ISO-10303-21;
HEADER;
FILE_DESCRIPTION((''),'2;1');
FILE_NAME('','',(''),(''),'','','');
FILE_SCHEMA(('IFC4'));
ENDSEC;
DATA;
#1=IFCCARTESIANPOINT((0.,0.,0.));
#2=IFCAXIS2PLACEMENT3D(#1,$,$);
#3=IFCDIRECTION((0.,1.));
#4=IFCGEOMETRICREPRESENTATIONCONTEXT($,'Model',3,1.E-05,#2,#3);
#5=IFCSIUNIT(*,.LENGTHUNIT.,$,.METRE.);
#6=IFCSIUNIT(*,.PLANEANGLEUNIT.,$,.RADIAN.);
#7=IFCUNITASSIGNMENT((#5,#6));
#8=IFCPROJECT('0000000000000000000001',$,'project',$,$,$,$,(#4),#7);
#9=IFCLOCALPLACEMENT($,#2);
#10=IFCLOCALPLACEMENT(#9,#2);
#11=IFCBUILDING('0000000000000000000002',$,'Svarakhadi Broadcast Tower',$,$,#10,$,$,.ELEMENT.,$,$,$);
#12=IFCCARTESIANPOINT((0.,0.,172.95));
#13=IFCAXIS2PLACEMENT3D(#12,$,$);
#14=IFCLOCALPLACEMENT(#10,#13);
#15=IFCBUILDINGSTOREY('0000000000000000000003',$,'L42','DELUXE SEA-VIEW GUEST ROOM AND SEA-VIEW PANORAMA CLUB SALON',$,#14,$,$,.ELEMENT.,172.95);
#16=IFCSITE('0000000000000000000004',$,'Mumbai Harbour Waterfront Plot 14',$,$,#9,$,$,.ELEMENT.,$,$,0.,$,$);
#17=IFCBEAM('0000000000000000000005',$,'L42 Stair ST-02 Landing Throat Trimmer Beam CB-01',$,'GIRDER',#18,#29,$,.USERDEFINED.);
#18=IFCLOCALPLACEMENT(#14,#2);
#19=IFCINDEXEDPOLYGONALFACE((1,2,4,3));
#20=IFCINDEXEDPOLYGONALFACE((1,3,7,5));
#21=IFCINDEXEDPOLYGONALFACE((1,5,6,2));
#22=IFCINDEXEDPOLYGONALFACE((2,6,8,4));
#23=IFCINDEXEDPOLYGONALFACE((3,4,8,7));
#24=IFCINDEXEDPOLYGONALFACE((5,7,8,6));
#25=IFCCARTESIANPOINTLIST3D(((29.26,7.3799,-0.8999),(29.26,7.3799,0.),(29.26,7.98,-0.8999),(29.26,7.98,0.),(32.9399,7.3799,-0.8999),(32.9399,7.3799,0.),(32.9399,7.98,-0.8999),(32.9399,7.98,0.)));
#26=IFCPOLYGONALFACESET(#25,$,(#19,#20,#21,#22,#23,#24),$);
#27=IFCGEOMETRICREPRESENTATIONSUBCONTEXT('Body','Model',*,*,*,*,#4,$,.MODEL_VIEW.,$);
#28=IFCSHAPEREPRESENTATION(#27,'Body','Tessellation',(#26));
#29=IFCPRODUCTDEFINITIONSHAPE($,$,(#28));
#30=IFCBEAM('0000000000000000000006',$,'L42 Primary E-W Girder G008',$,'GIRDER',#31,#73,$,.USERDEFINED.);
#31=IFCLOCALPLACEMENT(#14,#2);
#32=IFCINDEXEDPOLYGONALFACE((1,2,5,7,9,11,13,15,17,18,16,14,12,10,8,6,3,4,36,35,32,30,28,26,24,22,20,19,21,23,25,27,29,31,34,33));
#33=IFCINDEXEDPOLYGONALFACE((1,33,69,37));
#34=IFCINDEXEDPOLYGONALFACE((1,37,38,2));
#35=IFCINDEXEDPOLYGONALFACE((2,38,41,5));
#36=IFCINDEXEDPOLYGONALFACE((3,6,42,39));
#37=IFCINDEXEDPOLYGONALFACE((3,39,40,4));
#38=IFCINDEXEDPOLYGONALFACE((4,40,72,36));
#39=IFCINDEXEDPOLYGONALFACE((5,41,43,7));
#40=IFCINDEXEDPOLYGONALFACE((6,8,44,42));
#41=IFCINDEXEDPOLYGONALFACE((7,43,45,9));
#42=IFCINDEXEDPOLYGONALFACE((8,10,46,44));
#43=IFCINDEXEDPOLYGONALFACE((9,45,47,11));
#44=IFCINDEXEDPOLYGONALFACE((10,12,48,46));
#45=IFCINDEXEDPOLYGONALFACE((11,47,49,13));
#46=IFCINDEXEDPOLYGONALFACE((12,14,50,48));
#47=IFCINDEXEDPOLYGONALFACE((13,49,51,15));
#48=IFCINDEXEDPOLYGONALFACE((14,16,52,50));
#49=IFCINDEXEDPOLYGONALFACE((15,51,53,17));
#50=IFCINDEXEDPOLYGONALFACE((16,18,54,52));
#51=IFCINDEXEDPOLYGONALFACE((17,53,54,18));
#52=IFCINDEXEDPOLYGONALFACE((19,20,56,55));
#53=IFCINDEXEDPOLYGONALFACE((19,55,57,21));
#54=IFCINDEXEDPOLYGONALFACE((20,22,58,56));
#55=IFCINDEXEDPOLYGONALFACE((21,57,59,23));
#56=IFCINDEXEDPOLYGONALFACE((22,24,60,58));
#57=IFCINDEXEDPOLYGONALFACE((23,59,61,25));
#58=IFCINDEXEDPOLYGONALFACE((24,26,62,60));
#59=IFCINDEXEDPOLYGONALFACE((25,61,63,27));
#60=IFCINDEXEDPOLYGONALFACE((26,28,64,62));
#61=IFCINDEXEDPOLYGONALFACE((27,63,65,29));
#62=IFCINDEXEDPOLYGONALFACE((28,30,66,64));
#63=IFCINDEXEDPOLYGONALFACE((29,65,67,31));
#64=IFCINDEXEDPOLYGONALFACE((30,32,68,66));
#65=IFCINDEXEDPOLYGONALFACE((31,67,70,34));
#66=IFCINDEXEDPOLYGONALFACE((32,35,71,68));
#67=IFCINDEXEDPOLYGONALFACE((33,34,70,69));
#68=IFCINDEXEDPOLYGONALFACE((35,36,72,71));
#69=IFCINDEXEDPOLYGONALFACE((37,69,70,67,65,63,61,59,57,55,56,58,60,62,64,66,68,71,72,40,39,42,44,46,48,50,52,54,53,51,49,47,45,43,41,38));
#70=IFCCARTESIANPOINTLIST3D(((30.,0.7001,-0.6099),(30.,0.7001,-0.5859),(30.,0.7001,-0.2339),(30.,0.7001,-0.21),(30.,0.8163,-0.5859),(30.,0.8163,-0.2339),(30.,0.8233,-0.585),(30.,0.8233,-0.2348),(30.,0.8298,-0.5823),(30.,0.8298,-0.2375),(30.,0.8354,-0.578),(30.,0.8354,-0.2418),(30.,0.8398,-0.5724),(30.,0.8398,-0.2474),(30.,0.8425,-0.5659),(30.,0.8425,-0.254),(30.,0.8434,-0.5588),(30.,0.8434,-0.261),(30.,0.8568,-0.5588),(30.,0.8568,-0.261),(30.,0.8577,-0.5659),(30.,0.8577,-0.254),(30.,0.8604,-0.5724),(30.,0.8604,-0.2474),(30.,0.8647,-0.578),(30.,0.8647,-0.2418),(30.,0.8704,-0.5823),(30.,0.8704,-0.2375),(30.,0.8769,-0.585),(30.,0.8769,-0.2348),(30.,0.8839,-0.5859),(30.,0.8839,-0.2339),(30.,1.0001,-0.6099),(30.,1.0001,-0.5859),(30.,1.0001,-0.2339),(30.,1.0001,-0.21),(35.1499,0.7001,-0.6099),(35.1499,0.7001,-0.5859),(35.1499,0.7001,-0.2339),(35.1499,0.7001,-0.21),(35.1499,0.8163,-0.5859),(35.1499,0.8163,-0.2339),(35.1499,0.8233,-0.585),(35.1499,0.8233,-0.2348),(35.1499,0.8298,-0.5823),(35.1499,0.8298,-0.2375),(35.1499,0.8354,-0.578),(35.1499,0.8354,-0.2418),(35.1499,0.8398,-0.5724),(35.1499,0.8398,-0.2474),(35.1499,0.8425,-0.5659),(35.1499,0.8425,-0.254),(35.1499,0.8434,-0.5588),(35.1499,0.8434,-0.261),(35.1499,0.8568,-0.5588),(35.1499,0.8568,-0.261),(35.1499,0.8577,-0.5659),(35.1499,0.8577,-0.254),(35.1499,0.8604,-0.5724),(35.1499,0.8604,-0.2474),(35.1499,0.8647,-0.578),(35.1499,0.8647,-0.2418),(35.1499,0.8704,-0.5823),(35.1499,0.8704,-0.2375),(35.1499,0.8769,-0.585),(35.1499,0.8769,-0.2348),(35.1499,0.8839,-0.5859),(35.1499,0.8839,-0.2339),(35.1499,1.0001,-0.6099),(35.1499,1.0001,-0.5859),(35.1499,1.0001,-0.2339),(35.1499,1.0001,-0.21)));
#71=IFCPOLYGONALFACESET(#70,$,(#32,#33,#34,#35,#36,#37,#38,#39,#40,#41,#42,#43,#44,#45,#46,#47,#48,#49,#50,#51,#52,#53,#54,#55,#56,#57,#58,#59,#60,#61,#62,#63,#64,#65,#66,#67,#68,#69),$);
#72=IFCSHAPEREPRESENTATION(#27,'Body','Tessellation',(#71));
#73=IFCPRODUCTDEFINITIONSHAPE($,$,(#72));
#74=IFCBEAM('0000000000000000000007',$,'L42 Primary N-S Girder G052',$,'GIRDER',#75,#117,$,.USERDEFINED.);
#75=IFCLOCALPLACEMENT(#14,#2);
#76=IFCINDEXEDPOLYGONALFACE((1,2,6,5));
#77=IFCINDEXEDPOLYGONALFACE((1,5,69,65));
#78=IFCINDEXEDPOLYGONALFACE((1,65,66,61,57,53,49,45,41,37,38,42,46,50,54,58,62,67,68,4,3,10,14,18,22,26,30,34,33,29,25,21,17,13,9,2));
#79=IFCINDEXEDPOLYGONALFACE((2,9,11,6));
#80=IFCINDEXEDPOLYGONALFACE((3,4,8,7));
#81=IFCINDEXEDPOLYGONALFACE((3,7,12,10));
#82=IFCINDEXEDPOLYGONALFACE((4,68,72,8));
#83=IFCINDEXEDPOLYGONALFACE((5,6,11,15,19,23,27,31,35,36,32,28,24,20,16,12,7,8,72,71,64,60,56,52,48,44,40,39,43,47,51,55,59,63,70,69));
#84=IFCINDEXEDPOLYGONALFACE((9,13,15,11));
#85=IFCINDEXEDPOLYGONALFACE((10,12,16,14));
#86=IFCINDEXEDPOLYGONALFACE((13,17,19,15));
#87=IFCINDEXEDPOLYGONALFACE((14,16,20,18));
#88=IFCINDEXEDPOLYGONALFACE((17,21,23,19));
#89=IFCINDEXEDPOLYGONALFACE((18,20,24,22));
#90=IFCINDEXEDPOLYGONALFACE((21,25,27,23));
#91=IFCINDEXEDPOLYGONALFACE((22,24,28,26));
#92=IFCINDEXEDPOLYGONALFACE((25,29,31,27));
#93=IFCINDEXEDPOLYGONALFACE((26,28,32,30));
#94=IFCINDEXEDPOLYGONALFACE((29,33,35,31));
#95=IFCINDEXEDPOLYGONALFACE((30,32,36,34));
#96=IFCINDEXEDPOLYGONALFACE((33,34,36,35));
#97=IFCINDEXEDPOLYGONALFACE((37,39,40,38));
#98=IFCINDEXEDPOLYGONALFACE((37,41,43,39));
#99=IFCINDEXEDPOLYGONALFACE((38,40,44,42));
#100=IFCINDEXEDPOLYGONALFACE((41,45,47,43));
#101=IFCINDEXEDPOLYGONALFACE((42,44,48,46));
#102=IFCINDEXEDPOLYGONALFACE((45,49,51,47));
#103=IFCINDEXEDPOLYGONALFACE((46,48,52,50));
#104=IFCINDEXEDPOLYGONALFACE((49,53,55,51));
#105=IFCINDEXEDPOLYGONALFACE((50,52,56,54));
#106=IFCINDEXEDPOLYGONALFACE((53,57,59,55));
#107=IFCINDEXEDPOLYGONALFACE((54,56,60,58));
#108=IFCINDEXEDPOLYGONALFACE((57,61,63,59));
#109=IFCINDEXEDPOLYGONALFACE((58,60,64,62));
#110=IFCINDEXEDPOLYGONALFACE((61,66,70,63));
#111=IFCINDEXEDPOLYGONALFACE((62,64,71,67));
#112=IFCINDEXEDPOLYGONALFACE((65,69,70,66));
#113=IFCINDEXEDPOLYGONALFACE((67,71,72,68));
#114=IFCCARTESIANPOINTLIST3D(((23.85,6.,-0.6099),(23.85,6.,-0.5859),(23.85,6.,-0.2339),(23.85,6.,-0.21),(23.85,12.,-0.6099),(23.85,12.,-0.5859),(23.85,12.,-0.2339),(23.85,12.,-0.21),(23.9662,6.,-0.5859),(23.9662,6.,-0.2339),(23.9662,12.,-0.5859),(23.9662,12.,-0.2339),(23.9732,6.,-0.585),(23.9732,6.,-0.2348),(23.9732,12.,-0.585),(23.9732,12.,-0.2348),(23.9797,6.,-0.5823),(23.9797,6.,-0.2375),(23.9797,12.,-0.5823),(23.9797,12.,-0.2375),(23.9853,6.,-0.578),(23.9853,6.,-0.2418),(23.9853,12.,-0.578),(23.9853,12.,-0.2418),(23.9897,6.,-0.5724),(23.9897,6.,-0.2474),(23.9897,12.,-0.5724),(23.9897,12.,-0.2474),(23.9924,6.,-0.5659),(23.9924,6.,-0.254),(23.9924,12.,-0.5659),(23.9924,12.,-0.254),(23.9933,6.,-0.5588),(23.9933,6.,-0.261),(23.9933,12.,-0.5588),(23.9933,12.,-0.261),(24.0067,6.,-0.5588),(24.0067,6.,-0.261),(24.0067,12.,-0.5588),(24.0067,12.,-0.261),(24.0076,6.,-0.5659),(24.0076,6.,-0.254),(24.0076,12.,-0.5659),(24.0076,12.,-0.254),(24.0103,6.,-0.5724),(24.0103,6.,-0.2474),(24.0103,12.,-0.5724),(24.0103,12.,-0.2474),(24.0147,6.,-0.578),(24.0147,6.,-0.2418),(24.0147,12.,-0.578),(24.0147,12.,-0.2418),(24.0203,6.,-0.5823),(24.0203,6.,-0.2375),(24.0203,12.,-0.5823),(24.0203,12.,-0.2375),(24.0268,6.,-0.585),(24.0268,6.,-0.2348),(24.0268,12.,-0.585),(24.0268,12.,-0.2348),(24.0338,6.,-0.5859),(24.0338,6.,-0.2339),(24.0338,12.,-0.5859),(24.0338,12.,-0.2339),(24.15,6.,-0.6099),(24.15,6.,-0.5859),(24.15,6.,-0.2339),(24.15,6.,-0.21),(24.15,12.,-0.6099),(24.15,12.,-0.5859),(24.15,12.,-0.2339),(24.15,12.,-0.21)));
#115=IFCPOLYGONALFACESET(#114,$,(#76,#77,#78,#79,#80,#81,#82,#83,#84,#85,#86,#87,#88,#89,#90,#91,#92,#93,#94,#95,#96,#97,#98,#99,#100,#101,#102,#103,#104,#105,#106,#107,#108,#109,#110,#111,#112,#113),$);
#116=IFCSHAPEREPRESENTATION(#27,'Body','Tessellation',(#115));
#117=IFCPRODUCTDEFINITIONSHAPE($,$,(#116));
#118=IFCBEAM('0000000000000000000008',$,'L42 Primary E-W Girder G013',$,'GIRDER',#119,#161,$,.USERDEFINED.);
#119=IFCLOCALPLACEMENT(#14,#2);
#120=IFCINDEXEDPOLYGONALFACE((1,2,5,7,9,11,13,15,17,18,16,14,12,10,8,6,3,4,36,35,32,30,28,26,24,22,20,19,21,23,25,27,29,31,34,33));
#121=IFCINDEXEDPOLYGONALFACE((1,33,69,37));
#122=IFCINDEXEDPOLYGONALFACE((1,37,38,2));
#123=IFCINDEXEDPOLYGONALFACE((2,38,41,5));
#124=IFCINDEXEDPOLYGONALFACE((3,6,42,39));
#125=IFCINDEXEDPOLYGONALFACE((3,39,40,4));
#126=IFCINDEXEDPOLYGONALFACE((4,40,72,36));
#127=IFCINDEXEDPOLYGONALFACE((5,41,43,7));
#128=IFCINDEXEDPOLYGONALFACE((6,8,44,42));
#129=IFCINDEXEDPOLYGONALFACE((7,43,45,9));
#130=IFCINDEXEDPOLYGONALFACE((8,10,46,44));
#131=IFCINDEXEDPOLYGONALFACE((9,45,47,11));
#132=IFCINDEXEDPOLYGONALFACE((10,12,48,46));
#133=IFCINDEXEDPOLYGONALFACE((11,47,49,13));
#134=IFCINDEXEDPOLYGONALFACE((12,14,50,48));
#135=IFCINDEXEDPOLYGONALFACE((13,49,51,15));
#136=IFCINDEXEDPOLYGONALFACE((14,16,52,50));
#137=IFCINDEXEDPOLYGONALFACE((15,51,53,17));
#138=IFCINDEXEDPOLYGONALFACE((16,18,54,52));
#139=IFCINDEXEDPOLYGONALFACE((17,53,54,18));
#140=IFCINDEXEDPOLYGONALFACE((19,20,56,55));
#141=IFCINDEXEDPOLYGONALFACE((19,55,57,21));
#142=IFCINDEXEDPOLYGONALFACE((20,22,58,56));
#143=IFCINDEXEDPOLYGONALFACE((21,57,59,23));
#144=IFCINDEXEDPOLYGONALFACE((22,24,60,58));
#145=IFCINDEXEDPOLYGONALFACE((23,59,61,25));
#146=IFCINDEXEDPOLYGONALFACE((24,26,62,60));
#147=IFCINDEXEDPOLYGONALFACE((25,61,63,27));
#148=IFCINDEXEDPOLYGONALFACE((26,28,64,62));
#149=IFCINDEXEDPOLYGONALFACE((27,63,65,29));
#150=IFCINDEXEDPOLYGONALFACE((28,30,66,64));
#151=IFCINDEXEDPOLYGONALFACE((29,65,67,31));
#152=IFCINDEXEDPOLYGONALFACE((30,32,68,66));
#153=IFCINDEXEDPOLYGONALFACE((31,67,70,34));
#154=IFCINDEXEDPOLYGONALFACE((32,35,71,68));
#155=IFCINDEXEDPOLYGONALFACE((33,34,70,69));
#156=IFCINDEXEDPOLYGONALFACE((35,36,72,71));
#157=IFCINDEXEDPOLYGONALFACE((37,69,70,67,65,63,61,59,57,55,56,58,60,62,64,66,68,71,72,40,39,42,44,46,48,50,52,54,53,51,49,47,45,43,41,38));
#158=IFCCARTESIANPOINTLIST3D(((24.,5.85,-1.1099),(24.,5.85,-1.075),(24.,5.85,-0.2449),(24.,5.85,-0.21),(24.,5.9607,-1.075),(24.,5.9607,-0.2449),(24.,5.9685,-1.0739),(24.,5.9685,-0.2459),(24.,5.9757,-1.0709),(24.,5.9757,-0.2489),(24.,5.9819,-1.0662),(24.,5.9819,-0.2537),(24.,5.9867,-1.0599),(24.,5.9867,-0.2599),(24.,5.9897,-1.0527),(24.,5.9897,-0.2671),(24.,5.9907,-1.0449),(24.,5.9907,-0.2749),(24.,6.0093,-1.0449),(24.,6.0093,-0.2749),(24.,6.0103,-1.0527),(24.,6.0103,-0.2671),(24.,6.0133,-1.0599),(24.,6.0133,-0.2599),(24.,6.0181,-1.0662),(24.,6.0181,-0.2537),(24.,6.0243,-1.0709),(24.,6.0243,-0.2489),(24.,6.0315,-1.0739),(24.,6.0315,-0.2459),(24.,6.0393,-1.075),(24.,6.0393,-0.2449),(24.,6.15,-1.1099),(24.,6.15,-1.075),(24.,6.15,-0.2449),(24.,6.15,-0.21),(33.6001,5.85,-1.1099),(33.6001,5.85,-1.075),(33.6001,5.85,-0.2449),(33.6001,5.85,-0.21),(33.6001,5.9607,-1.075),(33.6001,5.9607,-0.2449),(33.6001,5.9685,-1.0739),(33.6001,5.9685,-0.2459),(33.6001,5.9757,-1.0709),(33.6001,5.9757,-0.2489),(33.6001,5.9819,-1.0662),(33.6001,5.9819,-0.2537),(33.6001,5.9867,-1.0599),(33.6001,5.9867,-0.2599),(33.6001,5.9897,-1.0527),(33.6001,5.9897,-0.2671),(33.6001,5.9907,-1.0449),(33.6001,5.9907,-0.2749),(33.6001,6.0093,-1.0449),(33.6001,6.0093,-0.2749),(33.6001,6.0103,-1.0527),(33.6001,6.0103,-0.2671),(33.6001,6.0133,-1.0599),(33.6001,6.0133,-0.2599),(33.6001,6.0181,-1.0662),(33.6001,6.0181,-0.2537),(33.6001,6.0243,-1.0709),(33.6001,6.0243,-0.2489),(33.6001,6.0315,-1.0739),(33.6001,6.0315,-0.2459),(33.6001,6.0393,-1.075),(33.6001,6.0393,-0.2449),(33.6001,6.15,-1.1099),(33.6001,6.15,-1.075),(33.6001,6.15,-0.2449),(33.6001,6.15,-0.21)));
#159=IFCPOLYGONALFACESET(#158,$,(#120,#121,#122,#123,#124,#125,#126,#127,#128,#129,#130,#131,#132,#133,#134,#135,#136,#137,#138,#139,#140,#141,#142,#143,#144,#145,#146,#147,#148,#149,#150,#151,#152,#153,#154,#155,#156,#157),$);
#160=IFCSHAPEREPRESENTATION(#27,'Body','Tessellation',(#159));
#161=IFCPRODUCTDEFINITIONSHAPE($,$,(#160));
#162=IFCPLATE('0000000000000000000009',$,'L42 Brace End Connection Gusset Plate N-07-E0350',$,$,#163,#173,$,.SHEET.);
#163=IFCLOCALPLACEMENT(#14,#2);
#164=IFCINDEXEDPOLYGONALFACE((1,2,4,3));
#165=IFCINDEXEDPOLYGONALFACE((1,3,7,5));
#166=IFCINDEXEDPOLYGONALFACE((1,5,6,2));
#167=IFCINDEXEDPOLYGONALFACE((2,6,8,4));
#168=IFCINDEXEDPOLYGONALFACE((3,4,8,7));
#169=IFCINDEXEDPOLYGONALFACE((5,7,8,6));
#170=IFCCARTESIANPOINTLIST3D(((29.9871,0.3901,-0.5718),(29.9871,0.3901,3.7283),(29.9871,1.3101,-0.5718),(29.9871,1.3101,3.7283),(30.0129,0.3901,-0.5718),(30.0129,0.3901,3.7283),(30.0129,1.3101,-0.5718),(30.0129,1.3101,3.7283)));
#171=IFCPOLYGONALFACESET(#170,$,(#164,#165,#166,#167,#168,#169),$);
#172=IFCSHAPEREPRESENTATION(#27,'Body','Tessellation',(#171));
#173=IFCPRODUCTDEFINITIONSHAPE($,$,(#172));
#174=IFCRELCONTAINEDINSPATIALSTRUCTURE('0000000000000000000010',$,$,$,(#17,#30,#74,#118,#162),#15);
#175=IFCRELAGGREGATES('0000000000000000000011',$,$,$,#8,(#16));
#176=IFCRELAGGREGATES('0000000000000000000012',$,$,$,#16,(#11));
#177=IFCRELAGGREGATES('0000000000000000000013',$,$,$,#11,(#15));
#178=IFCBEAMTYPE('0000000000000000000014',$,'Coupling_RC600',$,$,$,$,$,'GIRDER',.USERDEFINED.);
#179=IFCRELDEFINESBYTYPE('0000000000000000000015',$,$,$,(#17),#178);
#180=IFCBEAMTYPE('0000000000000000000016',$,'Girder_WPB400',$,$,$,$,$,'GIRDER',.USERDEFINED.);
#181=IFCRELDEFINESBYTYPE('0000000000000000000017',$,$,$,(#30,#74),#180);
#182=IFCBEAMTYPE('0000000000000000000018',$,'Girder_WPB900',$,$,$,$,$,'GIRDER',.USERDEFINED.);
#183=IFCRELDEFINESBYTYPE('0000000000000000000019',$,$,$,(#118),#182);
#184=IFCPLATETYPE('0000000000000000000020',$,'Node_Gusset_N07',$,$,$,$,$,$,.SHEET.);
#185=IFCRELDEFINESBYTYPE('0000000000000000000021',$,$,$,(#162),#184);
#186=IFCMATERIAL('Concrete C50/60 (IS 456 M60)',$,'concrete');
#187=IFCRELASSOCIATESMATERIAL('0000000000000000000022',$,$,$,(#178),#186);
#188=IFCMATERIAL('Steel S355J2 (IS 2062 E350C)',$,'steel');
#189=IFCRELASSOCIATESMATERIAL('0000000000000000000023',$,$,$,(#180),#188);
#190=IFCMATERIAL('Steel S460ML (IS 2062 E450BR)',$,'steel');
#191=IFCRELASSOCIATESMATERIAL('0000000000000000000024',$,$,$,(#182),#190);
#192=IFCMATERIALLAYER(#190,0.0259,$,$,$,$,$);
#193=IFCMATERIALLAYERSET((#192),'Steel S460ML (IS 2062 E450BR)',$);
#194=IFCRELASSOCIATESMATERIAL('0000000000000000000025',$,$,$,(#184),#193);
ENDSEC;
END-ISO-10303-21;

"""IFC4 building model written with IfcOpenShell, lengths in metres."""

from ifc_helpers import new_model, si_unit, direction, frame, origin, origin_2d, place, context, subcontext, project, spatial, rectangle, i_section, extrude, material, layer, layer_set, material_profile, profile_set, type_object, element, save


model = new_model("IFC4")

# Units and contexts
model_context = context("Model", 3, precision=1e-05, world=origin(), true_north=direction((0.0, 1.0)))
body_context = subcontext(model_context, "Body", "Model", "MODEL_VIEW")
ifc_project = project(units=[si_unit("LENGTHUNIT", "METRE"), si_unit("PLANEANGLEUNIT", "RADIAN")], contexts=[model_context])

# Site, building, storey
site_placement = place(None, origin())
site = spatial("IfcSite", under=ifc_project, at=site_placement, Name="Mumbai Harbour Waterfront Plot 14", CompositionType="ELEMENT", RefElevation=0.0)
building_placement = place(site_placement, origin())
building = spatial("IfcBuilding", under=site, at=building_placement, Name="Svarakhadi Broadcast Tower", CompositionType="ELEMENT")
storey_placement = place(building_placement, frame((0.0, 0.0, 172.95)))
storey = spatial("IfcBuildingStorey", under=building, at=storey_placement, Name="L42", Description="DELUXE SEA-VIEW GUEST ROOM AND SEA-VIEW PANORAMA CLUB SALON", CompositionType="ELEMENT", Elevation=172.95)

# Beams
ifc_material_1 = material(Name="Concrete C50/60 (IS 456 M60)", Category="concrete")
ifc_material_profile_1 = material_profile(ifc_material_1, rectangle(XDim=0.6001, YDim=0.8999, at=origin_2d()), Name="RC 600x900")
ifc_profile_set_1 = profile_set([ifc_material_profile_1], Name="Concrete C50/60 (IS 456 M60)")
beam_type_1 = type_object("IfcBeamType", Name="Coupling_RC600", ElementType="GIRDER", PredefinedType="USERDEFINED", material=ifc_profile_set_1)
beam_1_placement = place(storey_placement, frame((29.26, 7.6799, -0.45), z_axis=(1.0, 0.0, 0.0), x_axis=(0.0, 1.0, 0.0)))
element("IfcBeam", 1, at=beam_1_placement, inside=storey, type_object=beam_type_1, Name="L42 Stair ST-02 Landing Throat Trimmer Beam CB-01", ObjectType="GIRDER", PredefinedType="USERDEFINED", context=body_context, shape_type="SweptSolid", body=[
    extrude(rectangle(XDim=0.6001, YDim=0.8999, at=origin_2d()), origin(), (0.0, 0.0, 1.0), 3.6799),
])
ifc_material_2 = material(Name="Steel S355J2 (IS 2062 E350C)", Category="steel")
ifc_material_profile_2 = material_profile(ifc_material_2, i_section(OverallWidth=0.3, OverallDepth=0.3999, WebThickness=0.0134, FlangeThickness=0.0239, FilletRadius=0.0271, at=origin_2d()), Name="WPB 400x300x155")
ifc_profile_set_2 = profile_set([ifc_material_profile_2], Name="Steel S355J2 (IS 2062 E350C)")
beam_type_2 = type_object("IfcBeamType", Name="Girder_WPB400", ElementType="GIRDER", PredefinedType="USERDEFINED", material=ifc_profile_set_2)
beam_2_placement = place(storey_placement, frame((30.0, 0.8501, -0.4099), z_axis=(1.0, 0.0, 0.0), x_axis=(0.0, 1.0, 0.0)))
element("IfcBeam", 2, at=beam_2_placement, inside=storey, type_object=beam_type_2, Name="L42 Primary E-W Girder G008", ObjectType="GIRDER", PredefinedType="USERDEFINED", context=body_context, shape_type="SweptSolid", body=[
    extrude(i_section(OverallWidth=0.3, OverallDepth=0.3999, WebThickness=0.0134, FlangeThickness=0.0239, FilletRadius=0.0271, at=origin_2d()), origin(), (0.0, 0.0, 1.0), 5.1499),
])
beam_3_placement = place(storey_placement, frame((24.0, 6.0, -0.4099), z_axis=(0.0, 1.0, 0.0), x_axis=(-1.0, 0.0, 0.0)))
element("IfcBeam", 3, at=beam_3_placement, inside=storey, type_object=beam_type_2, Name="L42 Primary N-S Girder G052", ObjectType="GIRDER", PredefinedType="USERDEFINED", context=body_context, shape_type="SweptSolid", body=[
    extrude(i_section(OverallWidth=0.3, OverallDepth=0.3999, WebThickness=0.0134, FlangeThickness=0.0239, FilletRadius=0.0271, at=origin_2d()), origin(), (0.0, 0.0, 1.0), 6.0),
])
ifc_material_3 = material(Name="Steel S460ML (IS 2062 E450BR)", Category="steel")
ifc_material_profile_3 = material_profile(ifc_material_3, i_section(OverallWidth=0.3, OverallDepth=0.8999, WebThickness=0.0186, FlangeThickness=0.0349, FilletRadius=0.03, at=origin_2d()), Name="WPB 900x300x291")
ifc_profile_set_3 = profile_set([ifc_material_profile_3], Name="Steel S460ML (IS 2062 E450BR)")
beam_type_3 = type_object("IfcBeamType", Name="Girder_WPB900", ElementType="GIRDER", PredefinedType="USERDEFINED", material=ifc_profile_set_3)
beam_4_placement = place(storey_placement, frame((24.0, 6.0, -0.6599), z_axis=(1.0, 0.0, 0.0), x_axis=(0.0, 1.0, 0.0)))
element("IfcBeam", 4, at=beam_4_placement, inside=storey, type_object=beam_type_3, Name="L42 Primary E-W Girder G013", ObjectType="GIRDER", PredefinedType="USERDEFINED", context=body_context, shape_type="SweptSolid", body=[
    extrude(i_section(OverallWidth=0.3, OverallDepth=0.8999, WebThickness=0.0186, FlangeThickness=0.0349, FilletRadius=0.03, at=origin_2d()), origin(), (0.0, 0.0, 1.0), 9.6001),
])

# Plate
ifc_layer_1 = layer(ifc_material_3, 0.0259)
ifc_layer_set_1 = layer_set([ifc_layer_1], Name="Steel S460ML (IS 2062 E450BR)")
plate_type = type_object("IfcPlateType", Name="Node_Gusset_N07", PredefinedType="SHEET", material=ifc_layer_set_1)
plate_placement = place(storey_placement, frame((30.0, 0.8501, -0.5718), z_axis=(0.0, 0.0, 1.0), x_axis=(0.0, 1.0, 0.0)))
element("IfcPlate", 5, at=plate_placement, inside=storey, type_object=plate_type, Name="L42 Brace End Connection Gusset Plate N-07-E0350", PredefinedType="SHEET", context=body_context, shape_type="SweptSolid", body=[
    extrude(rectangle(XDim=0.9199, YDim=0.0259, at=origin_2d()), origin(), (0.0, 0.0, 1.0), 4.3),
])

save(model, "model.ifc")
